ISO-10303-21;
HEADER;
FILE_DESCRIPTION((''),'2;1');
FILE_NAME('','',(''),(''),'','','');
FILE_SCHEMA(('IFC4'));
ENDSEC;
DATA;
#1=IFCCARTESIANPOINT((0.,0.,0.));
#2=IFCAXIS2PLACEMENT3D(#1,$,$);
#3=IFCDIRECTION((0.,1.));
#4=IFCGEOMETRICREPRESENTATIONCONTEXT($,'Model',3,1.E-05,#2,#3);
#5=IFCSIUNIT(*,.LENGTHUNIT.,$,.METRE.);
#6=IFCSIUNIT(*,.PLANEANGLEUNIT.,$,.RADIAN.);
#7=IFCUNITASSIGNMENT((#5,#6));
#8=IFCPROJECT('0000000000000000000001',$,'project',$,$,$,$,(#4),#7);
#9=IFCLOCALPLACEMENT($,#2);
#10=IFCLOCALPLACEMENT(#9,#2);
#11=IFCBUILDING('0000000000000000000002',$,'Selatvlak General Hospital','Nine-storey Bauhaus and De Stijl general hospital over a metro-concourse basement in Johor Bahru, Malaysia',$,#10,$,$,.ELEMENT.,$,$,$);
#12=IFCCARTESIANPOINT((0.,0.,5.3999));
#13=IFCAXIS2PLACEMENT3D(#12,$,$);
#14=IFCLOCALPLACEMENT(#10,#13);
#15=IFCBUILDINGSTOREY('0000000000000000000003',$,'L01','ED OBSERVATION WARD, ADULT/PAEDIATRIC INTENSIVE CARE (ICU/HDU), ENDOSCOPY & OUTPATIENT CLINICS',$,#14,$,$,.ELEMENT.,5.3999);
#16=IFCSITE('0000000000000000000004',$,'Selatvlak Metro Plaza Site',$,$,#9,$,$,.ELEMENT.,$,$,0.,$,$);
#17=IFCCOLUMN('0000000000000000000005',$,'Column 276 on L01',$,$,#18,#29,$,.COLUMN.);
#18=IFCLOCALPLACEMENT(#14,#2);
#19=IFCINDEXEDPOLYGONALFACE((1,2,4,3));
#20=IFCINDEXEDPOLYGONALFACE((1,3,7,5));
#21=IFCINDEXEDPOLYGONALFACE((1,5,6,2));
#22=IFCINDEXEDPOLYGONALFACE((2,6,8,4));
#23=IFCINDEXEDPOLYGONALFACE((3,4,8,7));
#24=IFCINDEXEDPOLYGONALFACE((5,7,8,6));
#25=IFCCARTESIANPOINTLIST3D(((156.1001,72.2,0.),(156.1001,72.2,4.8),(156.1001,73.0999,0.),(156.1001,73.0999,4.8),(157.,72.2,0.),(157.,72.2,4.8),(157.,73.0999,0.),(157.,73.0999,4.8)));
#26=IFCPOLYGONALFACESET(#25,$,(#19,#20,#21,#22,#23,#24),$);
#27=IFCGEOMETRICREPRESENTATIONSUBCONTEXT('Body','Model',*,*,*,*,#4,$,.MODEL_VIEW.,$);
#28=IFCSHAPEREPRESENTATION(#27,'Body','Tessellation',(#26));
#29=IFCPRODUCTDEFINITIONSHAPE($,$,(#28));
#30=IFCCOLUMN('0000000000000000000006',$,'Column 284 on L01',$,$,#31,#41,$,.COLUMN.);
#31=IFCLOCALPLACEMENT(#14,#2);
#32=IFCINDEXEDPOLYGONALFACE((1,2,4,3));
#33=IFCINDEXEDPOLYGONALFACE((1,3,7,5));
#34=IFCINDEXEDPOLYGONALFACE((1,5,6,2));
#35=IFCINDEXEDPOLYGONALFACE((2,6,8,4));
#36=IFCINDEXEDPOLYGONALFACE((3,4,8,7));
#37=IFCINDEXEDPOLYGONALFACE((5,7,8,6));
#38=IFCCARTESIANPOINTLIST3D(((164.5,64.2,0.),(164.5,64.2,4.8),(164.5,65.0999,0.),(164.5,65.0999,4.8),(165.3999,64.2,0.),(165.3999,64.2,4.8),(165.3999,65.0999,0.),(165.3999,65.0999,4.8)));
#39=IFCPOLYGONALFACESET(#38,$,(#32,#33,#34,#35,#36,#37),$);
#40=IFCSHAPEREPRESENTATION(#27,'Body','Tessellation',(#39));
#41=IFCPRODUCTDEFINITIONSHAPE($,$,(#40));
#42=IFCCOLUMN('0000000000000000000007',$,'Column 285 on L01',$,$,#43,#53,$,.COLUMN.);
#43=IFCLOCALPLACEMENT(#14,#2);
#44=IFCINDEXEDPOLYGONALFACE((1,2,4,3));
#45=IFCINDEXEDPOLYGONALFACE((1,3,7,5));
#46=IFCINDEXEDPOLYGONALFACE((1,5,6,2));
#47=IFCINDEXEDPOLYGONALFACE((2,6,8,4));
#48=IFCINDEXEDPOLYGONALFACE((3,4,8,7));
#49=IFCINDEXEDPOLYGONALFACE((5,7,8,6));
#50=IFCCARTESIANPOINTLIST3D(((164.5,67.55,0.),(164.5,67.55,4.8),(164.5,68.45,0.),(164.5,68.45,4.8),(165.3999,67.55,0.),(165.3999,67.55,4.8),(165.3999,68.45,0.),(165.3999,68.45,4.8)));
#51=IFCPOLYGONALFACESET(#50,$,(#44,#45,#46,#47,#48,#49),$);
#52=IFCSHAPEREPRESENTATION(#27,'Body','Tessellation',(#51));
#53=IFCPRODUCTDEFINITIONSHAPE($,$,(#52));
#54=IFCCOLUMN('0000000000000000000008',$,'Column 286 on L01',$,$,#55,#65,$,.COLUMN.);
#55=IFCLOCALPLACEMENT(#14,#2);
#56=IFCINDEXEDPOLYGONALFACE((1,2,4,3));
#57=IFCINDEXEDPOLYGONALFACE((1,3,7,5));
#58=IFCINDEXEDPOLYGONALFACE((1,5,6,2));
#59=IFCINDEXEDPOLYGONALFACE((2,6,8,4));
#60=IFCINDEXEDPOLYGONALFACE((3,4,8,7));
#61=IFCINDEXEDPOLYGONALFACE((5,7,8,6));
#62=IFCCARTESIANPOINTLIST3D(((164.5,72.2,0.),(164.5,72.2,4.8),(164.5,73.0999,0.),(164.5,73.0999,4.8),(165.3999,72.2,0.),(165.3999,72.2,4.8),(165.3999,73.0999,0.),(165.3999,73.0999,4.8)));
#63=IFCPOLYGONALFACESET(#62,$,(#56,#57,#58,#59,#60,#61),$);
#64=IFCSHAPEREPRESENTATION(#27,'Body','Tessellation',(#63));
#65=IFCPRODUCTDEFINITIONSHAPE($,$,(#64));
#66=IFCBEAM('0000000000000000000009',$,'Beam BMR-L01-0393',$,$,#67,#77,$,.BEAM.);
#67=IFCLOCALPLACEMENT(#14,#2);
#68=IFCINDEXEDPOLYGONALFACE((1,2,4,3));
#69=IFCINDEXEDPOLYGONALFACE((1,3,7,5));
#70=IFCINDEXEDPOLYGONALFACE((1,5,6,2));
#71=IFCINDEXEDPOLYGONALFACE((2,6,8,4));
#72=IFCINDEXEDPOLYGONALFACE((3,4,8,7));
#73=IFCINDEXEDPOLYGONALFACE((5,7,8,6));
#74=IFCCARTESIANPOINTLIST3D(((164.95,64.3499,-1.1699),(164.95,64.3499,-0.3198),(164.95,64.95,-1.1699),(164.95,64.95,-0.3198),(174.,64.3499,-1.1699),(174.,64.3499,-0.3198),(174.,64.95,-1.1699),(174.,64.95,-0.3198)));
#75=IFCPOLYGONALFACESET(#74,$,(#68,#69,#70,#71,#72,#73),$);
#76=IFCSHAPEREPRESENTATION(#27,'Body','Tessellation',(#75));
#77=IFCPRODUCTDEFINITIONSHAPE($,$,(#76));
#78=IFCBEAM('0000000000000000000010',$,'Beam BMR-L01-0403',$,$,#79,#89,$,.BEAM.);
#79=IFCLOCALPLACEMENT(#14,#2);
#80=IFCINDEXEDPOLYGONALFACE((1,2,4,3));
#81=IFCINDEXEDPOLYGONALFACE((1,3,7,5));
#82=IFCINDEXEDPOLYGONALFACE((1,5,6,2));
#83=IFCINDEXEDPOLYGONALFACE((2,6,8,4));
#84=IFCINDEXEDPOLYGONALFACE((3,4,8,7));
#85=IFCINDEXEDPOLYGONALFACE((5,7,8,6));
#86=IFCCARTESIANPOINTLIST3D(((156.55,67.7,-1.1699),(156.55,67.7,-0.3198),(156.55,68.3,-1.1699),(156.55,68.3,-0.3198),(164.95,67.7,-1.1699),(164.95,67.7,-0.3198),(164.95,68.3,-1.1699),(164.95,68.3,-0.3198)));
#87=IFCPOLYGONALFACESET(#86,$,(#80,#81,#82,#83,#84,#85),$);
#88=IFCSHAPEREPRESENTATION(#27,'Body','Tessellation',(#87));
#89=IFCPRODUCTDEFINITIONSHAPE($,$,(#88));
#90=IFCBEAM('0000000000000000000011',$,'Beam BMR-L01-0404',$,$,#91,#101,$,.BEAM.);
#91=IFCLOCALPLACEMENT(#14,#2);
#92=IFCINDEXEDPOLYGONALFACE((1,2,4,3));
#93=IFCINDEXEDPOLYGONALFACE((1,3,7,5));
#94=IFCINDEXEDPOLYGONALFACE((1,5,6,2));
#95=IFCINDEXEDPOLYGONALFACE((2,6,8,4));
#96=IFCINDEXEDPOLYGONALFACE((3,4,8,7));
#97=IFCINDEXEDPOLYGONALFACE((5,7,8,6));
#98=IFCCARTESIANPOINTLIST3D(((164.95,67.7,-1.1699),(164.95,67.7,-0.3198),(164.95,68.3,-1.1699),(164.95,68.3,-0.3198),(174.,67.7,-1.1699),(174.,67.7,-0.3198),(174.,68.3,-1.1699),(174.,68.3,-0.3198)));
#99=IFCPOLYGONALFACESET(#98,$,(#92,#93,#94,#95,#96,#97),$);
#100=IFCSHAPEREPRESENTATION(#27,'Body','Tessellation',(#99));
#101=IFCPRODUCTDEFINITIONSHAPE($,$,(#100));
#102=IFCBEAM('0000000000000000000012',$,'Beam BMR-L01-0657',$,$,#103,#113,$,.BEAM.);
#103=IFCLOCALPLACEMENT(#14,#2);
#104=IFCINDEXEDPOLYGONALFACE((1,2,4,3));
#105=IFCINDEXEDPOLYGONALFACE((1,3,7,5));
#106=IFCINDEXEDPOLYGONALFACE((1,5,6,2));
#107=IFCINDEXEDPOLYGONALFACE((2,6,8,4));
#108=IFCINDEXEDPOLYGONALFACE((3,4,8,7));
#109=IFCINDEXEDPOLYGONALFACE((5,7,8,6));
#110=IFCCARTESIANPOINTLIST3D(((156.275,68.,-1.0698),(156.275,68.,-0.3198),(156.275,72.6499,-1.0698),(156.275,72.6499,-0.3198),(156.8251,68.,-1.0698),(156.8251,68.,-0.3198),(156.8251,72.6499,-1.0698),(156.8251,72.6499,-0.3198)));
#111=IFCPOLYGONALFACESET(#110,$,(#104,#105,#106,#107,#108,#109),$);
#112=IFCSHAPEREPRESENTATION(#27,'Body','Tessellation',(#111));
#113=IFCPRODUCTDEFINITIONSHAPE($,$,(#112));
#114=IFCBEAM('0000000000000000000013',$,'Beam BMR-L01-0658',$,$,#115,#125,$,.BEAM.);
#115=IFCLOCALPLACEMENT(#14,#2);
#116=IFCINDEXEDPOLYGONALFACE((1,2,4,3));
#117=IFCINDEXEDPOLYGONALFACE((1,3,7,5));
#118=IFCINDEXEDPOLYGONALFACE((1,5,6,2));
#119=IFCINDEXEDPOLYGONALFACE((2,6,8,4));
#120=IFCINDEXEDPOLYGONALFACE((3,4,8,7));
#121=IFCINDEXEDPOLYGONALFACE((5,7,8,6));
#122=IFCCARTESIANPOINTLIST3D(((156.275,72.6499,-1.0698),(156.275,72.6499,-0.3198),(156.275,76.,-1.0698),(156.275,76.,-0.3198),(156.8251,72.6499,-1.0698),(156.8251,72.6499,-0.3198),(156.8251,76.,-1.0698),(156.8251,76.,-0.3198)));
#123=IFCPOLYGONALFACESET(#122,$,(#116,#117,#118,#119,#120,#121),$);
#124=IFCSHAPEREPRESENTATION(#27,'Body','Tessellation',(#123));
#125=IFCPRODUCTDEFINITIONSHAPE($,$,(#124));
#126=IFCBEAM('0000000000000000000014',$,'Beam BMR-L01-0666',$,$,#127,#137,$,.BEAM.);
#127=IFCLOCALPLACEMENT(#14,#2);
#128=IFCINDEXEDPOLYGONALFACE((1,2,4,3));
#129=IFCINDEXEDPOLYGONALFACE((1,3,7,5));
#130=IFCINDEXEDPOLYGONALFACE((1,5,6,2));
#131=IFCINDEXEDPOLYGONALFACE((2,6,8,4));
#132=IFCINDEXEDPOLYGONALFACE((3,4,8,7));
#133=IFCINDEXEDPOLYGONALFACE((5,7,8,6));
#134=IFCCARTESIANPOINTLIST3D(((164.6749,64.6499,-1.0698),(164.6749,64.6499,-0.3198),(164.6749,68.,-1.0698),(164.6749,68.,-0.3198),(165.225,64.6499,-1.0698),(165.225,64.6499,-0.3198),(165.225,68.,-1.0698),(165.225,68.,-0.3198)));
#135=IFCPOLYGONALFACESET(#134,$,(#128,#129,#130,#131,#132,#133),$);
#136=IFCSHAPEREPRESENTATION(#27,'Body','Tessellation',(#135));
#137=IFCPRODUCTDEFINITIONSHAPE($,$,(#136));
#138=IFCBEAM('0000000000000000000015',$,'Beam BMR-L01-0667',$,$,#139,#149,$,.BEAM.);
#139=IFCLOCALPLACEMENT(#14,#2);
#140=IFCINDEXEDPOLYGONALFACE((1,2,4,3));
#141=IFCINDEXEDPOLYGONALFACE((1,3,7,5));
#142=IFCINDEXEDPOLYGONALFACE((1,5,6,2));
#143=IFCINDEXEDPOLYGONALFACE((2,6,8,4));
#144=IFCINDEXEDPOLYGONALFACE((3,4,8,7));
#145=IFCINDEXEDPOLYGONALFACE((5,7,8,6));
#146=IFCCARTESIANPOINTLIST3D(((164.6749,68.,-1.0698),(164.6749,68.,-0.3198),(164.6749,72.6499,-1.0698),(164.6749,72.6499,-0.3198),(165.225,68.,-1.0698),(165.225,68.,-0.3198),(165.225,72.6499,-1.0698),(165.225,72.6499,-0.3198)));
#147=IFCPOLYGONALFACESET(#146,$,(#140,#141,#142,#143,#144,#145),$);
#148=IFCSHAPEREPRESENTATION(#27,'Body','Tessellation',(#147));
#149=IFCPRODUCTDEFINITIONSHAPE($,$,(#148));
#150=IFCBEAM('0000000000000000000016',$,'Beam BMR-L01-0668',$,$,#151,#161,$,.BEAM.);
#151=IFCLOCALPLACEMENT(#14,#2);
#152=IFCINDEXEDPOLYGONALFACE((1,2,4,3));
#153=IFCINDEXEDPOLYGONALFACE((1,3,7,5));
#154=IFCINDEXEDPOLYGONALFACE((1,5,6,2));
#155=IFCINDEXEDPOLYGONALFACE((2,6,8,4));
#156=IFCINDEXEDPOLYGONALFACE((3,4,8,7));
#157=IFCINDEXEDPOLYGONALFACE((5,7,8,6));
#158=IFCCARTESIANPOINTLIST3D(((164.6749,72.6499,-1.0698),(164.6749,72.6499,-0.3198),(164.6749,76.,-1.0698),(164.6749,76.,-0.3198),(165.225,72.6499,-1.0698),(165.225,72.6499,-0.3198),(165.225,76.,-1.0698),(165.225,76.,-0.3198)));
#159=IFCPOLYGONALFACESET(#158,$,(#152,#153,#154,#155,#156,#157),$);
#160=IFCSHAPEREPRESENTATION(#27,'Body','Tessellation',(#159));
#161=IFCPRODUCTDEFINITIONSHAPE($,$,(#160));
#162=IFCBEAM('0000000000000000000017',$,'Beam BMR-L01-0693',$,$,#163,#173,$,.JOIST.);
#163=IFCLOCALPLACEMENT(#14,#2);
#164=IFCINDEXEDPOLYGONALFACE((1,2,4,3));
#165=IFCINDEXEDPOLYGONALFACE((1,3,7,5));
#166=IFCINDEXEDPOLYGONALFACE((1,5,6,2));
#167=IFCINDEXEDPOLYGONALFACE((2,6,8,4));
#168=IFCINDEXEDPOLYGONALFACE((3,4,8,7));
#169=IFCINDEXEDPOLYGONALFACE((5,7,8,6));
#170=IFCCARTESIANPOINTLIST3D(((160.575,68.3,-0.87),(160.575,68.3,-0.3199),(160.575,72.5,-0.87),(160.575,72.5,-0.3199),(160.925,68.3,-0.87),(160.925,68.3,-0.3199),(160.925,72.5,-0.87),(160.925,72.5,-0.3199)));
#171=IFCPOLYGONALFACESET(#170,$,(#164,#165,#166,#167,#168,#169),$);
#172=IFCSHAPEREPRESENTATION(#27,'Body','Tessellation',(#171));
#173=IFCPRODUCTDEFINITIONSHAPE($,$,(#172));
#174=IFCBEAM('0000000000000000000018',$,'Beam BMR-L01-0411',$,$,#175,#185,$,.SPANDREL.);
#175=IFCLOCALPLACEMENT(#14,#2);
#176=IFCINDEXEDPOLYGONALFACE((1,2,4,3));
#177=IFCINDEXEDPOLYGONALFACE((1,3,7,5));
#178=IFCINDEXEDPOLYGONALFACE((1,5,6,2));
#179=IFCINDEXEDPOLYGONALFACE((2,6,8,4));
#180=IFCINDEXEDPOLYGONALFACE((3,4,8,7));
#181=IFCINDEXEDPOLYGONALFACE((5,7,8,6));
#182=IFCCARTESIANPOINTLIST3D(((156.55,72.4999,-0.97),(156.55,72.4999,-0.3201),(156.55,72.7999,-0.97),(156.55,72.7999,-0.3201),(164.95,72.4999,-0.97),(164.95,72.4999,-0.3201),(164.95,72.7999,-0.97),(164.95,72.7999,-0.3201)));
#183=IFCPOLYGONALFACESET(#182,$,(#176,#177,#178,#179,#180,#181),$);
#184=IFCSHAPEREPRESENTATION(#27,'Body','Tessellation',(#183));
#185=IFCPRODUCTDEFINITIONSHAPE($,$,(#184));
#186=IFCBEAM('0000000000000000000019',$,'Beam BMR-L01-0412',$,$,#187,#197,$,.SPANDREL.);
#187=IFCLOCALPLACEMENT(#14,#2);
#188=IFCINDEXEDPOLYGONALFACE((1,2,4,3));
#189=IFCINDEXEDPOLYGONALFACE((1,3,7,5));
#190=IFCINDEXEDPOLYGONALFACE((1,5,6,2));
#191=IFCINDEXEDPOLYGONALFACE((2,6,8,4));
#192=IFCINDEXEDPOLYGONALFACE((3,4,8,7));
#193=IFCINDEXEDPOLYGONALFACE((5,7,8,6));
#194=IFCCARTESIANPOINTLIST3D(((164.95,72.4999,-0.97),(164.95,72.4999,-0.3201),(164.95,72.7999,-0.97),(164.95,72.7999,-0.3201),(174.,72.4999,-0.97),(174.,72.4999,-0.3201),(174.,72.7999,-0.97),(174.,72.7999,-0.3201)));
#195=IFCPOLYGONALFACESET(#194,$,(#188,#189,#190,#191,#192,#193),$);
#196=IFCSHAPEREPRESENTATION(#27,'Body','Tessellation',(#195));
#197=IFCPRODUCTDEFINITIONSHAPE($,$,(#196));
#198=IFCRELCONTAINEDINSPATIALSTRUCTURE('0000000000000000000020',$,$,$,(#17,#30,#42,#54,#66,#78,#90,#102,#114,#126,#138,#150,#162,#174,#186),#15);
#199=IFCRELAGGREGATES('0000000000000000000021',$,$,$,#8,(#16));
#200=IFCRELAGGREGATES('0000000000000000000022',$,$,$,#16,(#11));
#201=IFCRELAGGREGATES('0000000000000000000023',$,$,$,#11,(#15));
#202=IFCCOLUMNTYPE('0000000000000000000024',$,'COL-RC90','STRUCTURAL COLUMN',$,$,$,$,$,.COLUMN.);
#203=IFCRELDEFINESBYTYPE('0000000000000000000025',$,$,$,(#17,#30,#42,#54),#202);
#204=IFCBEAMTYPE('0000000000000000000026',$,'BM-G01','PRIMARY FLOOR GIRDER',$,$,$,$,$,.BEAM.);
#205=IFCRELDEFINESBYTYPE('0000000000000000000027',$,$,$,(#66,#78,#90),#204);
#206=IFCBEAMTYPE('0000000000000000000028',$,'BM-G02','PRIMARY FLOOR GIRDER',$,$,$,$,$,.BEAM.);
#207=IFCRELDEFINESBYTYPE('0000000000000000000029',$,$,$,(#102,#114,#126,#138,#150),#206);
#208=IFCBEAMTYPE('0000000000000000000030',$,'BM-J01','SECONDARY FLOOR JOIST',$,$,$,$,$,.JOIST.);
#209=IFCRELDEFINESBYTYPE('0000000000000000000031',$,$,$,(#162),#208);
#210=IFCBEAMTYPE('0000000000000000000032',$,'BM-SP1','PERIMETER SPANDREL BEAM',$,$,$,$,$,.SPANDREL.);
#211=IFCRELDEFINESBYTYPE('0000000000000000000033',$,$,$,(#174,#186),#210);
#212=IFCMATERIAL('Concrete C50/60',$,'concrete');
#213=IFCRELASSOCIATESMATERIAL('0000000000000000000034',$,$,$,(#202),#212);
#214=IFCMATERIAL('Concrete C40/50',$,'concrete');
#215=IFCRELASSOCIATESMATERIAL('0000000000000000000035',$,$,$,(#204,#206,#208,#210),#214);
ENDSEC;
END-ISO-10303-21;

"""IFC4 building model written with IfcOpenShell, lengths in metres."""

from ifc_helpers import new_model, si_unit, direction, frame, origin, origin_2d, place, context, subcontext, project, spatial, rectangle, extrude, material, material_profile, profile_set, type_object, element, save


model = new_model("IFC4")

# Units and contexts
model_context = context("Model", 3, precision=1e-05, world=origin(), true_north=direction((0.0, 1.0)))
body_context = subcontext(model_context, "Body", "Model", "MODEL_VIEW")
ifc_project = project(units=[si_unit("LENGTHUNIT", "METRE"), si_unit("PLANEANGLEUNIT", "RADIAN")], contexts=[model_context])

# Site, building, storey
site_placement = place(None, origin())
site = spatial("IfcSite", under=ifc_project, at=site_placement, Name="Selatvlak Metro Plaza Site", CompositionType="ELEMENT", RefElevation=0.0)
building_placement = place(site_placement, origin())
building = spatial("IfcBuilding", under=site, at=building_placement, Name="Selatvlak General Hospital", Description="Nine-storey Bauhaus and De Stijl general hospital over a metro-concourse basement in Johor Bahru, Malaysia", CompositionType="ELEMENT")
storey_placement = place(building_placement, frame((0.0, 0.0, 5.3999)))
storey = spatial("IfcBuildingStorey", under=building, at=storey_placement, Name="L01", Description="ED OBSERVATION WARD, ADULT/PAEDIATRIC INTENSIVE CARE (ICU/HDU), ENDOSCOPY & OUTPATIENT CLINICS", CompositionType="ELEMENT", Elevation=5.3999)

# Columns
ifc_material_1 = material(Name="Concrete C50/60", Category="concrete")
ifc_material_profile_1 = material_profile(ifc_material_1, rectangle(XDim=0.8999, YDim=0.8999, at=origin_2d()), Name="RC-COL 900x900")
ifc_profile_set_1 = profile_set([ifc_material_profile_1], Name="Concrete C50/60")
column_type = type_object("IfcColumnType", Name="COL-RC90", Description="STRUCTURAL COLUMN", PredefinedType="COLUMN", material=ifc_profile_set_1)
for number, where, z_axis, x_axis, name in (
    (1, (156.55, 72.6499, 0.0), (0.0, 0.0, 1.0), (1.0, 0.0, 0.0), "Column 276 on L01"),
    (2, (164.95, 64.6499, 0.0), (0.0, 0.0, 1.0), (1.0, 0.0, 0.0), "Column 284 on L01"),
    (3, (164.95, 68.0, 0.0), (0.0, 0.0, 1.0), (1.0, 0.0, 0.0), "Column 285 on L01"),
    (4, (164.95, 72.6499, 0.0), (0.0, 0.0, 1.0), (1.0, 0.0, 0.0), "Column 286 on L01"),
):
    element("IfcColumn", number, at=place(storey_placement, frame(where, z_axis=z_axis, x_axis=x_axis)), inside=storey, type_object=column_type, Name=name, PredefinedType="COLUMN", context=body_context, shape_type="SweptSolid", body=[
        extrude(rectangle(XDim=0.8999, YDim=0.8999, at=origin_2d()), origin(), (0.0, 0.0, 1.0), 4.8),
    ])

# Beams
ifc_material_2 = material(Name="Concrete C40/50", Category="concrete")
ifc_material_profile_2 = material_profile(ifc_material_2, rectangle(XDim=0.6001, YDim=0.8501, at=origin_2d()), Name="RC-BM 600x850")
ifc_profile_set_2 = profile_set([ifc_material_profile_2], Name="Concrete C40/50")
beam_type_1 = type_object("IfcBeamType", Name="BM-G01", Description="PRIMARY FLOOR GIRDER", PredefinedType="BEAM", material=ifc_profile_set_2)
beam_1_placement = place(storey_placement, frame((164.95, 64.6499, -0.7449), z_axis=(1.0, 0.0, 0.0), x_axis=(0.0, 1.0, 0.0)))
element("IfcBeam", 5, at=beam_1_placement, inside=storey, type_object=beam_type_1, Name="Beam BMR-L01-0393", PredefinedType="BEAM", context=body_context, shape_type="SweptSolid", body=[
    extrude(rectangle(XDim=0.6001, YDim=0.8501, at=origin_2d()), origin(), (0.0, 0.0, 1.0), 9.05),
])
beam_2_placement = place(storey_placement, frame((156.55, 68.0, -0.7449), z_axis=(1.0, 0.0, 0.0), x_axis=(0.0, 1.0, 0.0)))
element("IfcBeam", 6, at=beam_2_placement, inside=storey, type_object=beam_type_1, Name="Beam BMR-L01-0403", PredefinedType="BEAM", context=body_context, shape_type="SweptSolid", body=[
    extrude(rectangle(XDim=0.6001, YDim=0.8501, at=origin_2d()), origin(), (0.0, 0.0, 1.0), 8.3999),
])
beam_3_placement = place(storey_placement, frame((164.95, 68.0, -0.7449), z_axis=(1.0, 0.0, 0.0), x_axis=(0.0, 1.0, 0.0)))
element("IfcBeam", 7, at=beam_3_placement, inside=storey, type_object=beam_type_1, Name="Beam BMR-L01-0404", PredefinedType="BEAM", context=body_context, shape_type="SweptSolid", body=[
    extrude(rectangle(XDim=0.6001, YDim=0.8501, at=origin_2d()), origin(), (0.0, 0.0, 1.0), 9.05),
])
ifc_material_profile_3 = material_profile(ifc_material_2, rectangle(XDim=0.55, YDim=0.75, at=origin_2d()), Name="RC-BM 550x750")
ifc_profile_set_3 = profile_set([ifc_material_profile_3], Name="Concrete C40/50")
beam_type_2 = type_object("IfcBeamType", Name="BM-G02", Description="PRIMARY FLOOR GIRDER", PredefinedType="BEAM", material=ifc_profile_set_3)
beam_4_placement = place(storey_placement, frame((156.55, 68.0, -0.6948), z_axis=(0.0, 1.0, 0.0), x_axis=(-1.0, 0.0, 0.0)))
element("IfcBeam", 8, at=beam_4_placement, inside=storey, type_object=beam_type_2, Name="Beam BMR-L01-0657", PredefinedType="BEAM", context=body_context, shape_type="SweptSolid", body=[
    extrude(rectangle(XDim=0.55, YDim=0.75, at=origin_2d()), origin(), (0.0, 0.0, 1.0), 4.6499),
])
for number, where, z_axis, x_axis, name in (
    (9, (156.55, 72.6499, -0.6948), (0.0, 1.0, 0.0), (-1.0, 0.0, 0.0), "Beam BMR-L01-0658"),
    (10, (164.95, 64.6499, -0.6948), (0.0, 1.0, 0.0), (-1.0, 0.0, 0.0), "Beam BMR-L01-0666"),
):
    element("IfcBeam", number, at=place(storey_placement, frame(where, z_axis=z_axis, x_axis=x_axis)), inside=storey, type_object=beam_type_2, Name=name, PredefinedType="BEAM", context=body_context, shape_type="SweptSolid", body=[
        extrude(rectangle(XDim=0.55, YDim=0.75, at=origin_2d()), origin(), (0.0, 0.0, 1.0), 3.3501),
    ])
beam_5_placement = place(storey_placement, frame((164.95, 68.0, -0.6948), z_axis=(0.0, 1.0, 0.0), x_axis=(-1.0, 0.0, 0.0)))
element("IfcBeam", 11, at=beam_5_placement, inside=storey, type_object=beam_type_2, Name="Beam BMR-L01-0667", PredefinedType="BEAM", context=body_context, shape_type="SweptSolid", body=[
    extrude(rectangle(XDim=0.55, YDim=0.75, at=origin_2d()), origin(), (0.0, 0.0, 1.0), 4.6499),
])
beam_6_placement = place(storey_placement, frame((164.95, 72.6499, -0.6948), z_axis=(0.0, 1.0, 0.0), x_axis=(-1.0, 0.0, 0.0)))
element("IfcBeam", 12, at=beam_6_placement, inside=storey, type_object=beam_type_2, Name="Beam BMR-L01-0668", PredefinedType="BEAM", context=body_context, shape_type="SweptSolid", body=[
    extrude(rectangle(XDim=0.55, YDim=0.75, at=origin_2d()), origin(), (0.0, 0.0, 1.0), 3.3501),
])
ifc_material_profile_4 = material_profile(ifc_material_2, rectangle(XDim=0.3501, YDim=0.55, at=origin_2d()), Name="RC-BM 350x550")
ifc_profile_set_4 = profile_set([ifc_material_profile_4], Name="Concrete C40/50")
beam_type_3 = type_object("IfcBeamType", Name="BM-J01", Description="SECONDARY FLOOR JOIST", PredefinedType="JOIST", material=ifc_profile_set_4)
beam_7_placement = place(storey_placement, frame((160.75, 68.3, -0.595), z_axis=(0.0, 1.0, 0.0), x_axis=(-1.0, 0.0, 0.0)))
element("IfcBeam", 13, at=beam_7_placement, inside=storey, type_object=beam_type_3, Name="Beam BMR-L01-0693", PredefinedType="JOIST", context=body_context, shape_type="SweptSolid", body=[
    extrude(rectangle(XDim=0.3501, YDim=0.55, at=origin_2d()), origin(), (0.0, 0.0, 1.0), 4.2),
])
ifc_material_profile_5 = material_profile(ifc_material_2, rectangle(XDim=0.3, YDim=0.6499, at=origin_2d()), Name="RC-SP 300x650")
ifc_profile_set_5 = profile_set([ifc_material_profile_5], Name="Concrete C40/50")
beam_type_4 = type_object("IfcBeamType", Name="BM-SP1", Description="PERIMETER SPANDREL BEAM", PredefinedType="SPANDREL", material=ifc_profile_set_5)
beam_8_placement = place(storey_placement, frame((156.55, 72.6499, -0.645), z_axis=(1.0, 0.0, 0.0), x_axis=(0.0, 1.0, 0.0)))
element("IfcBeam", 14, at=beam_8_placement, inside=storey, type_object=beam_type_4, Name="Beam BMR-L01-0411", PredefinedType="SPANDREL", context=body_context, shape_type="SweptSolid", body=[
    extrude(rectangle(XDim=0.3, YDim=0.6499, at=origin_2d()), origin(), (0.0, 0.0, 1.0), 8.3999),
])
beam_9_placement = place(storey_placement, frame((164.95, 72.6499, -0.645), z_axis=(1.0, 0.0, 0.0), x_axis=(0.0, 1.0, 0.0)))
element("IfcBeam", 15, at=beam_9_placement, inside=storey, type_object=beam_type_4, Name="Beam BMR-L01-0412", PredefinedType="SPANDREL", context=body_context, shape_type="SweptSolid", body=[
    extrude(rectangle(XDim=0.3, YDim=0.6499, at=origin_2d()), origin(), (0.0, 0.0, 1.0), 9.05),
])

save(model, "model.ifc")
